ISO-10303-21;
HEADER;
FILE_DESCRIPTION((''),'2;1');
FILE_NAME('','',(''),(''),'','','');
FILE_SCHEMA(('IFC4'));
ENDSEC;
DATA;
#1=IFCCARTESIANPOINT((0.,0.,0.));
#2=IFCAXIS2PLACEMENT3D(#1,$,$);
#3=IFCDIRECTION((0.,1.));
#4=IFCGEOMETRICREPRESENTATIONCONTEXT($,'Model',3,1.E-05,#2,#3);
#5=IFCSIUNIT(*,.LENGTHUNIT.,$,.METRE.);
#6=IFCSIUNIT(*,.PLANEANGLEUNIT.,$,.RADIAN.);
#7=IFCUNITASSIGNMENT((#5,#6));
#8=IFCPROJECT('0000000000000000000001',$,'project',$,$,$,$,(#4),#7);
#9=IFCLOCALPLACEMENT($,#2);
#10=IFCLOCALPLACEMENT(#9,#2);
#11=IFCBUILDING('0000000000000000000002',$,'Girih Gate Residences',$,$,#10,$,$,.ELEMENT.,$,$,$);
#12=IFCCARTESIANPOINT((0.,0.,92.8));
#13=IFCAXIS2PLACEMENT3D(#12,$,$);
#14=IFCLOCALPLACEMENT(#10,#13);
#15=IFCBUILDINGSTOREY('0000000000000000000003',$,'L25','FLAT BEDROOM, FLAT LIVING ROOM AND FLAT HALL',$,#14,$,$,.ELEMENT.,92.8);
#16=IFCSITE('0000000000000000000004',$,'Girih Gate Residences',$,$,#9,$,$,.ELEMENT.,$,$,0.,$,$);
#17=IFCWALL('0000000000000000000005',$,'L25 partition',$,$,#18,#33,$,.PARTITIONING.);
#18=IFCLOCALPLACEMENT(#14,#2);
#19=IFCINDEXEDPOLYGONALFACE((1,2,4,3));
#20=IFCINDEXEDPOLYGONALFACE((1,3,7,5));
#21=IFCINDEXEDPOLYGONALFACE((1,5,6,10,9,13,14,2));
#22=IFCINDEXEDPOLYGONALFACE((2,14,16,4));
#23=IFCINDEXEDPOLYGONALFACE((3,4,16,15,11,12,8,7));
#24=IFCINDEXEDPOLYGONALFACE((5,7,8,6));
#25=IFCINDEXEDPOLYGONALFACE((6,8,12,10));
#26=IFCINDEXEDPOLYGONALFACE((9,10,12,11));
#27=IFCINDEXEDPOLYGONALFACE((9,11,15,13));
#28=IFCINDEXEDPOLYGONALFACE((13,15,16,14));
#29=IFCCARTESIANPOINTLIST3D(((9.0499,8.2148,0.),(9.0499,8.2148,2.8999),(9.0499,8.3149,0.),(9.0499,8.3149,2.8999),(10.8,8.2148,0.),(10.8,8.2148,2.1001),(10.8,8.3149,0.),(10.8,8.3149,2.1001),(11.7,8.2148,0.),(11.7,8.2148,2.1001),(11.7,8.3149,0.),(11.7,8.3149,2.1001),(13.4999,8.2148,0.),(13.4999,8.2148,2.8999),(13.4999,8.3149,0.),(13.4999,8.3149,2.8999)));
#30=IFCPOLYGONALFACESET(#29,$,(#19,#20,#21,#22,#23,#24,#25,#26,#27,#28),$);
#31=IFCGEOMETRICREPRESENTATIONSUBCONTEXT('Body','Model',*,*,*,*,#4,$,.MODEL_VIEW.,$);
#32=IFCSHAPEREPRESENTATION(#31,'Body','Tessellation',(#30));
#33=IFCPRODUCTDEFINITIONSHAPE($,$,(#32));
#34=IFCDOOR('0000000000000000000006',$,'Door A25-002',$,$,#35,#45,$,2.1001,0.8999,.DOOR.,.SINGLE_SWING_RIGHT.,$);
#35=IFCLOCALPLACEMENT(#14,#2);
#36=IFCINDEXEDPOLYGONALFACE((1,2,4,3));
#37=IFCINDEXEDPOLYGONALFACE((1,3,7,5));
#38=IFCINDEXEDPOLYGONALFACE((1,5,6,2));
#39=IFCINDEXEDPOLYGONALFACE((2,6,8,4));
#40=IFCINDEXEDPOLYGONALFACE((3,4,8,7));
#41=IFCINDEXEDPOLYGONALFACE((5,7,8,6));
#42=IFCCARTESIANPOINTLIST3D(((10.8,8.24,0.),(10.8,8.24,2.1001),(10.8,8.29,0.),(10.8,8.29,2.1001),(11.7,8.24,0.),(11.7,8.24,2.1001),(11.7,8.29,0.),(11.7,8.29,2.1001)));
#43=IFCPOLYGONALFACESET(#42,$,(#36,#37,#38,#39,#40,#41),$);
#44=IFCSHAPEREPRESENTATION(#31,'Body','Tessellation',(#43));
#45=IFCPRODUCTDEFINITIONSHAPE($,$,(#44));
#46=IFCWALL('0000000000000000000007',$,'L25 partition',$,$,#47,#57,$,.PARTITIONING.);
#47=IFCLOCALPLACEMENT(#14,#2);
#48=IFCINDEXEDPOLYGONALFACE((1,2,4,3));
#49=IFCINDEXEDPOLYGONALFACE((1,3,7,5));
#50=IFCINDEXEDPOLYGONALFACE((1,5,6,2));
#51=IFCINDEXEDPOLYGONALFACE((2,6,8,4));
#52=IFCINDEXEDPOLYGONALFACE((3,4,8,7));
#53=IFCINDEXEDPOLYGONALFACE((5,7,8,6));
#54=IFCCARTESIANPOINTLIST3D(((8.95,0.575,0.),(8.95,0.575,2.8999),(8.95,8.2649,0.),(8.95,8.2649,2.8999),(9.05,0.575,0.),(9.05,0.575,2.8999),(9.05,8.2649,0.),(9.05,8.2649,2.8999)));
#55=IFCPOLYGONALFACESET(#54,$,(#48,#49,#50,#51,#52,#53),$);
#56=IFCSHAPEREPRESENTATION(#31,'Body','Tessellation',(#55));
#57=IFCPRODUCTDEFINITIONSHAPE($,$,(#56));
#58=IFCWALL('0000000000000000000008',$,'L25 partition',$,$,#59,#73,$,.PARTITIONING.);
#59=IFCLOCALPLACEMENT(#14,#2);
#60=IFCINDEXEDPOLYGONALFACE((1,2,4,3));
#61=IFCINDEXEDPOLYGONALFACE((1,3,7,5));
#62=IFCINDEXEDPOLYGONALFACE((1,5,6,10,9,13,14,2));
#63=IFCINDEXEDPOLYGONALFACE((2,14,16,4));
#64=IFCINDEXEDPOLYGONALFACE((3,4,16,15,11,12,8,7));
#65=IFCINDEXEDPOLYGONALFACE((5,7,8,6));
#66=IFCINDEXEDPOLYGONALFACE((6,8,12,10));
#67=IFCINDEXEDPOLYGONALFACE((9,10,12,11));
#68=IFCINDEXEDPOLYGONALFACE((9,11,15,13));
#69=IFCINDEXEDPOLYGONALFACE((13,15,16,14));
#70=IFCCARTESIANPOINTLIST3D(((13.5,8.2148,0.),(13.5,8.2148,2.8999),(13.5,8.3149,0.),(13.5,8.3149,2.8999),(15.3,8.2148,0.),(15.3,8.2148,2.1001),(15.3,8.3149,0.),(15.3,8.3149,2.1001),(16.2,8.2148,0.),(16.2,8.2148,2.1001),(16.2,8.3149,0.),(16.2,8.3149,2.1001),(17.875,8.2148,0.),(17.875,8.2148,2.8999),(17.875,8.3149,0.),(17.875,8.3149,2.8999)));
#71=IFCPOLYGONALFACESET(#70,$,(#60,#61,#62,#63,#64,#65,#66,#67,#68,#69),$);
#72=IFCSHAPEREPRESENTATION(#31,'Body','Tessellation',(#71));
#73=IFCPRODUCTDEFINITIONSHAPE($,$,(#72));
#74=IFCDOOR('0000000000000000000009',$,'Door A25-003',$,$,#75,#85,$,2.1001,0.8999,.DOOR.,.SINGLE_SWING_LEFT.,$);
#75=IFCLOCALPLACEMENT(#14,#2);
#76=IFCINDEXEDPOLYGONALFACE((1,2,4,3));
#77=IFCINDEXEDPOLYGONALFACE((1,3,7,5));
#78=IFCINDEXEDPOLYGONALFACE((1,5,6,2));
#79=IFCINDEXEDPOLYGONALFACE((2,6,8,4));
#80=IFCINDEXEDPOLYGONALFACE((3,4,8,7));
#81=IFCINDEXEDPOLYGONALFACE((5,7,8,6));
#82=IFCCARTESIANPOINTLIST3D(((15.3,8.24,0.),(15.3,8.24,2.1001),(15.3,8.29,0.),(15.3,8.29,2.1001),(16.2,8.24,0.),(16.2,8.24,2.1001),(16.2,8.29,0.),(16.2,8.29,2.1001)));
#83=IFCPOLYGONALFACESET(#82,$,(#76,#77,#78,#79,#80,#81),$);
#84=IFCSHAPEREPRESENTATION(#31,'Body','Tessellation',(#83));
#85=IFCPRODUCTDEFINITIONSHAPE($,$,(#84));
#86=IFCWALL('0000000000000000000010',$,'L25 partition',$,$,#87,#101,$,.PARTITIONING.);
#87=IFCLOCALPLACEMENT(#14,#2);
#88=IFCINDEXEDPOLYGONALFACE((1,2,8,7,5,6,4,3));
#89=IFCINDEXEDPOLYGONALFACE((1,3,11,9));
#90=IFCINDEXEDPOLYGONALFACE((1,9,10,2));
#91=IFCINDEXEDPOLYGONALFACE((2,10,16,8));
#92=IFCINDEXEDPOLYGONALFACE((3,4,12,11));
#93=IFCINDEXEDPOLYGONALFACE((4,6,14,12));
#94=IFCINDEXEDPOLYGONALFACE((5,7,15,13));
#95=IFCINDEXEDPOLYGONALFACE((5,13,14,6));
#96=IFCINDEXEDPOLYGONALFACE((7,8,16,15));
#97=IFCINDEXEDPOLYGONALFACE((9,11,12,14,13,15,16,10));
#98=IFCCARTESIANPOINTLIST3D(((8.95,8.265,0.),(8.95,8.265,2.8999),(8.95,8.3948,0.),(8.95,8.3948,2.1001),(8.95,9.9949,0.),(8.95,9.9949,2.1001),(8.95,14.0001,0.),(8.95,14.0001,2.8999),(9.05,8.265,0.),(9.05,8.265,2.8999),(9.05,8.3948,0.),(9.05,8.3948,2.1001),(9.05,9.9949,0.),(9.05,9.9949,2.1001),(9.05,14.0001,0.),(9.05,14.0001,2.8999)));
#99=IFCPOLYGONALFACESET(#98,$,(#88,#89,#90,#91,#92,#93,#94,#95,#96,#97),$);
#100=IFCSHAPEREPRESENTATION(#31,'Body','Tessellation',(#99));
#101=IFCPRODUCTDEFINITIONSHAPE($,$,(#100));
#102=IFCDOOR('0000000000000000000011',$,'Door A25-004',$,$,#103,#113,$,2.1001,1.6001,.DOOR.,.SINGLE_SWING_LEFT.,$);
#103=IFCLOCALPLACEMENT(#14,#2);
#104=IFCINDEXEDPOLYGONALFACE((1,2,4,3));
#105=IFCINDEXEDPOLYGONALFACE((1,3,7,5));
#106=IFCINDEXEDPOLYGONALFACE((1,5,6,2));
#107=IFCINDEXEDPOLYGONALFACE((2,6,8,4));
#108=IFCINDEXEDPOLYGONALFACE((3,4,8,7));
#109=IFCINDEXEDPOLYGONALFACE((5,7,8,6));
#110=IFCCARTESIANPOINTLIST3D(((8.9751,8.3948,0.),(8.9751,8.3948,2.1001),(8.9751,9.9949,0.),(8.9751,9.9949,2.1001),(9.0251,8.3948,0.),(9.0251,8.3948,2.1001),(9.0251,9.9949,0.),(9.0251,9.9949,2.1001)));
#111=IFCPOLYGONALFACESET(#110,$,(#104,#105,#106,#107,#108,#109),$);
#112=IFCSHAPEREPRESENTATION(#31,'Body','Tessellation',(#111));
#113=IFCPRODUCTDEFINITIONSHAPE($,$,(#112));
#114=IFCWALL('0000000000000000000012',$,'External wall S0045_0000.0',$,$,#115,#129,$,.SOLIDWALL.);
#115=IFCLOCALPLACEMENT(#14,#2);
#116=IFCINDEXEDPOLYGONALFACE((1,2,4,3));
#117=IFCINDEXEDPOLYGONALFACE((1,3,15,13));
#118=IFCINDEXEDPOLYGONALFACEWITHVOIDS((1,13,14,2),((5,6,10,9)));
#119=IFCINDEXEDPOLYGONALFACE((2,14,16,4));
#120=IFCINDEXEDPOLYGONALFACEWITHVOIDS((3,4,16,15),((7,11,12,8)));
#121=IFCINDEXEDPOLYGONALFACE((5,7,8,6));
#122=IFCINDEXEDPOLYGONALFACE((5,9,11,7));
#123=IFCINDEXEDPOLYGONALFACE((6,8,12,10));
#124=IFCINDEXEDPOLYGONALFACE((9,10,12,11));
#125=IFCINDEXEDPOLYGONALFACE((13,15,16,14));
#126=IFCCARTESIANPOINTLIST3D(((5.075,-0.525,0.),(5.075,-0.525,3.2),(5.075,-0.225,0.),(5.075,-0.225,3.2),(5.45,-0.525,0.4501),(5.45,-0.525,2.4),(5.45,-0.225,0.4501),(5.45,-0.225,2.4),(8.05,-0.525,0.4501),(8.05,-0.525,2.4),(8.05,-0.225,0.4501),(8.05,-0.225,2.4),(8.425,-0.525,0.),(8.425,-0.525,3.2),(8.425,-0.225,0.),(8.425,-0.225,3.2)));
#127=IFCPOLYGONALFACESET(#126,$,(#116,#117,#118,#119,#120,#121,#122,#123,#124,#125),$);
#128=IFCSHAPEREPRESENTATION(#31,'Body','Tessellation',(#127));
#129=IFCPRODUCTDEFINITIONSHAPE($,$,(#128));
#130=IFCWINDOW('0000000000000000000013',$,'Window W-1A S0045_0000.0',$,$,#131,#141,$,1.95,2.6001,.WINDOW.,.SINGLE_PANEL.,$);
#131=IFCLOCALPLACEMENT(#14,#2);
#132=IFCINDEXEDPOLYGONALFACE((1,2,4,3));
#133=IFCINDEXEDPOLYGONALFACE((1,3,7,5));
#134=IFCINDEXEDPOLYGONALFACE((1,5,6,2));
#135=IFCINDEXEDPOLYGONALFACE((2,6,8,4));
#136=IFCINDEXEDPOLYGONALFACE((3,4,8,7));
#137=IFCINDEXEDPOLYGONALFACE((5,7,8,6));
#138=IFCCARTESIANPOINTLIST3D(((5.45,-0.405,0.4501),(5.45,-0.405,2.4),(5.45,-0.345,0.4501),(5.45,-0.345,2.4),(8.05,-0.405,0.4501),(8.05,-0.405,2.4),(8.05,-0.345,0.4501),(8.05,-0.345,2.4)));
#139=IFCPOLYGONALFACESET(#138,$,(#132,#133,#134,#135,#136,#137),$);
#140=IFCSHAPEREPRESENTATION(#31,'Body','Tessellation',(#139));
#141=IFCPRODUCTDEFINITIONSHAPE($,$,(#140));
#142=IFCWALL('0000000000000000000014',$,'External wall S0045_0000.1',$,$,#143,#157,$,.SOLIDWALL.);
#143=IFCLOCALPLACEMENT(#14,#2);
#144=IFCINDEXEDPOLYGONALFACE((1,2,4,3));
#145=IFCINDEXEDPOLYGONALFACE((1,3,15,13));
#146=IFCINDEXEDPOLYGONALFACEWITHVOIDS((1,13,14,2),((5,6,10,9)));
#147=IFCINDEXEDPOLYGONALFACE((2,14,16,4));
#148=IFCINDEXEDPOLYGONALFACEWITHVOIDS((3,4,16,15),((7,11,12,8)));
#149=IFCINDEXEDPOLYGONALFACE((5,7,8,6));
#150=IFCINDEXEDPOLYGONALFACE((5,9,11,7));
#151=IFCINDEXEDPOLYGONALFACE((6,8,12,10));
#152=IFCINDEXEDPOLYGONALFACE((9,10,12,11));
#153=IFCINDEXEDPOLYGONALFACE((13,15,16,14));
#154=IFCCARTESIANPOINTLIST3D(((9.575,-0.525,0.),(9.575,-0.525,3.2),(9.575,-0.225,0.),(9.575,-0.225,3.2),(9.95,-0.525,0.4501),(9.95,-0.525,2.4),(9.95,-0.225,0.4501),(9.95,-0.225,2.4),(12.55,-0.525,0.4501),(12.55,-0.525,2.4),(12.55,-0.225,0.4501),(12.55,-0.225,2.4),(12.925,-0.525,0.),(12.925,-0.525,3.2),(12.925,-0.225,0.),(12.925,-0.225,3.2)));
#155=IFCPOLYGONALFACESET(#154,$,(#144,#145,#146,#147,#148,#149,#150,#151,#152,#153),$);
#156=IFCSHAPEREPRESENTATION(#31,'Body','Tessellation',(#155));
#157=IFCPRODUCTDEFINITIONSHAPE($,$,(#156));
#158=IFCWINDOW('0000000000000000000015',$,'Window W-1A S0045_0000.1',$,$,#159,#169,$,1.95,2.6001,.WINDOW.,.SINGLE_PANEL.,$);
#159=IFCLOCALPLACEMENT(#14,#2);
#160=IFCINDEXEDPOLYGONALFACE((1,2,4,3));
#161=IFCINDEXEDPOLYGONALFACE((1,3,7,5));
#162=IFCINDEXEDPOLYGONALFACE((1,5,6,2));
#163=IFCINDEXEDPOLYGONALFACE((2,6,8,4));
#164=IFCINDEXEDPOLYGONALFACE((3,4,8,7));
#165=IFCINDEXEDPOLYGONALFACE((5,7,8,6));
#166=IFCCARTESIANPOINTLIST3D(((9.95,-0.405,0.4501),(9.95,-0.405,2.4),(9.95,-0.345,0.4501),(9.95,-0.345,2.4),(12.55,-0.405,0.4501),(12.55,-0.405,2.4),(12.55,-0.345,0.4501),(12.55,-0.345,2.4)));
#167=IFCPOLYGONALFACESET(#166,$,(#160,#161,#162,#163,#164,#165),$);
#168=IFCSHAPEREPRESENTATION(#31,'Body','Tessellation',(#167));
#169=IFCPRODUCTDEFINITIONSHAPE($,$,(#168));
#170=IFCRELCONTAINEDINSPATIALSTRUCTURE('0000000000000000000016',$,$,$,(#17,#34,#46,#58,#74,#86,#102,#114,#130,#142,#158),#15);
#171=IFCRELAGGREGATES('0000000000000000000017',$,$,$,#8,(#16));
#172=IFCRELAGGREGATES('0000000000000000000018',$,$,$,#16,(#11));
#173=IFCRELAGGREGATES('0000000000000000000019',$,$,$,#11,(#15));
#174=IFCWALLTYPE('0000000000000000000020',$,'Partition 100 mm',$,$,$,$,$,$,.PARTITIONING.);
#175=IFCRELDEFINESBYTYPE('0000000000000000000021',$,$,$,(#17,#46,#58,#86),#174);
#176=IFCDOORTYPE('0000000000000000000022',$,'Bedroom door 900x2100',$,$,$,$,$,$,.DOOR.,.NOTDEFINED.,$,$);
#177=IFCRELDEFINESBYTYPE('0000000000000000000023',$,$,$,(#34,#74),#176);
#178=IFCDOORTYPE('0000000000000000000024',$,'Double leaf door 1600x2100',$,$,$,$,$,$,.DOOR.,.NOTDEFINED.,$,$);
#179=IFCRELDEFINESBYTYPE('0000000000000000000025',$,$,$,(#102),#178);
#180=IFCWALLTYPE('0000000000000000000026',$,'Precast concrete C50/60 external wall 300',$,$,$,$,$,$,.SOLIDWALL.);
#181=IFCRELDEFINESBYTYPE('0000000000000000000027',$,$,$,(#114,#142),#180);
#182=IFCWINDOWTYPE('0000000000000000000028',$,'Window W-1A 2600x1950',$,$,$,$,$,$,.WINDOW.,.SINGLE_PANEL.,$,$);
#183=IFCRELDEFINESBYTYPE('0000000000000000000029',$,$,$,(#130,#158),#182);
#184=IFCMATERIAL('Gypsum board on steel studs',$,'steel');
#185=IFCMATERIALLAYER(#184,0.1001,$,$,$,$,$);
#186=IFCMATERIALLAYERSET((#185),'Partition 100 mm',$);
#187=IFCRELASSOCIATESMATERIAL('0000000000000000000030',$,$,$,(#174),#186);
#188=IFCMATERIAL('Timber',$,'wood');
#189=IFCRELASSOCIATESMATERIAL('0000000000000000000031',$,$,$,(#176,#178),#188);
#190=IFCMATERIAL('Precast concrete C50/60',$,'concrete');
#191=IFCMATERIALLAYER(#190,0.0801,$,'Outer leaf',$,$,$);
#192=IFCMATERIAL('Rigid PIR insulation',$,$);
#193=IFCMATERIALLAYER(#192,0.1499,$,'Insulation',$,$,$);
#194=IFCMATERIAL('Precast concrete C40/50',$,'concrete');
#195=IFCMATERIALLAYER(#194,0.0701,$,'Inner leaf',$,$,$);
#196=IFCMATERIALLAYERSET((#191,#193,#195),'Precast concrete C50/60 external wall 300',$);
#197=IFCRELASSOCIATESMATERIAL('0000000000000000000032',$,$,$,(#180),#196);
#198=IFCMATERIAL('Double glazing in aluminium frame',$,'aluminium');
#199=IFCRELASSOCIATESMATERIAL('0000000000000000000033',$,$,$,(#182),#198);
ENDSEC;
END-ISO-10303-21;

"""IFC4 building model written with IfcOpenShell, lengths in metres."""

from ifc_helpers import new_model, si_unit, direction, frame, frame_2d, origin, place, context, subcontext, project, spatial, rectangle, extrude, material, layer, layer_set, type_object, element, fill, save


model = new_model("IFC4")

# Units and contexts
model_context = context("Model", 3, precision=1e-05, world=origin(), true_north=direction((0.0, 1.0)))
body_context = subcontext(model_context, "Body", "Model", "MODEL_VIEW")
ifc_project = project(units=[si_unit("LENGTHUNIT", "METRE"), si_unit("PLANEANGLEUNIT", "RADIAN")], contexts=[model_context])

# Site, building, storey
site_placement = place(None, origin())
site = spatial("IfcSite", under=ifc_project, at=site_placement, Name="Girih Gate Residences", CompositionType="ELEMENT", RefElevation=0.0)
building_placement = place(site_placement, origin())
building = spatial("IfcBuilding", under=site, at=building_placement, Name="Girih Gate Residences", CompositionType="ELEMENT")
storey_placement = place(building_placement, frame((0.0, 0.0, 92.8)))
storey = spatial("IfcBuildingStorey", under=building, at=storey_placement, Name="L25", Description="FLAT BEDROOM, FLAT LIVING ROOM AND FLAT HALL", CompositionType="ELEMENT", Elevation=92.8)

# Shared definitions
ifc_material_1 = material(Name="Gypsum board on steel studs", Category="steel")
ifc_layer_1 = layer(ifc_material_1, 0.1001)
ifc_layer_set_1 = layer_set([ifc_layer_1], Name="Partition 100 mm")
wall_type_1 = type_object("IfcWallType", Name="Partition 100 mm", PredefinedType="PARTITIONING", material=ifc_layer_set_1)

# Wall, opening, door
wall_1_placement = place(storey_placement, frame((13.5, 8.2649, 0.0), z_axis=(0.0, 0.0, 1.0), x_axis=(-1.0, 0.0, 0.0)))
wall_1 = element("IfcWall", 1, at=wall_1_placement, inside=storey, type_object=wall_type_1, Name="L25 partition", PredefinedType="PARTITIONING", context=body_context, shape_type="SweptSolid", body=[
    extrude(rectangle(XDim=4.45, YDim=0.1001, at=frame_2d((2.2251, 0.0))), origin(), (0.0, 0.0, 1.0), 2.8999),
])
opening_1_placement = place(wall_1_placement, frame((1.8, 0.0, 0.0)))
opening_1 = element("IfcOpeningElement", 2, at=opening_1_placement, cuts=wall_1, PredefinedType="OPENING", context=body_context, shape_type="SweptSolid", body=[
    extrude(rectangle(XDim=0.8999, YDim=2.1001, at=frame_2d((0.45, 1.05))), frame((0.0, 0.0601, 0.0), z_axis=(0.0, -1.0, 0.0), x_axis=(1.0, 0.0, 0.0)), (0.0, 0.0, 1.0), 0.1201),
])
ifc_material_2 = material(Name="Timber", Category="wood")
door_type_1 = type_object("IfcDoorType", Name="Bedroom door 900x2100", OperationType="NOTDEFINED", PredefinedType="DOOR", material=ifc_material_2)
door_1_placement = place(opening_1_placement, origin())
door_1 = element("IfcDoor", 3, at=door_1_placement, inside=storey, type_object=door_type_1, Name="Door A25-002", OperationType="SINGLE_SWING_RIGHT", OverallHeight=2.1001, OverallWidth=0.8999, PredefinedType="DOOR", context=body_context, shape_type="SweptSolid", body=[
    extrude(rectangle(XDim=0.8999, YDim=2.1001, at=frame_2d((0.45, 1.05))), frame((0.0, 0.0249, 0.0), z_axis=(0.0, -1.0, 0.0), x_axis=(1.0, 0.0, 0.0)), (0.0, 0.0, 1.0), 0.05),
])
fill(opening_1, door_1)

# Wall
wall_2_placement = place(storey_placement, frame((9.0, 0.575, 0.0), z_axis=(0.0, 0.0, 1.0), x_axis=(0.0, 1.0, 0.0)))
element("IfcWall", 4, at=wall_2_placement, inside=storey, type_object=wall_type_1, Name="L25 partition", PredefinedType="PARTITIONING", context=body_context, shape_type="SweptSolid", body=[
    extrude(rectangle(XDim=7.6899, YDim=0.1001, at=frame_2d((3.845, 0.0))), origin(), (0.0, 0.0, 1.0), 2.8999),
])

# Walls, openings, doors
wall_3_placement = place(storey_placement, frame((17.875, 8.2649, 0.0), z_axis=(0.0, 0.0, 1.0), x_axis=(-1.0, 0.0, 0.0)))
wall_3 = element("IfcWall", 5, at=wall_3_placement, inside=storey, type_object=wall_type_1, Name="L25 partition", PredefinedType="PARTITIONING", context=body_context, shape_type="SweptSolid", body=[
    extrude(rectangle(XDim=4.375, YDim=0.1001, at=frame_2d((2.1875, 0.0))), origin(), (0.0, 0.0, 1.0), 2.8999),
])
opening_2_placement = place(wall_3_placement, frame((1.675, 0.0, 0.0)))
opening_2 = element("IfcOpeningElement", 6, at=opening_2_placement, cuts=wall_3, PredefinedType="OPENING", context=body_context, shape_type="SweptSolid", body=[
    extrude(rectangle(XDim=0.8999, YDim=2.1001, at=frame_2d((0.45, 1.05))), frame((0.0, 0.0601, 0.0), z_axis=(0.0, -1.0, 0.0), x_axis=(1.0, 0.0, 0.0)), (0.0, 0.0, 1.0), 0.1201),
])
door_2_placement = place(opening_2_placement, origin())
door_2 = element("IfcDoor", 7, at=door_2_placement, inside=storey, type_object=door_type_1, Name="Door A25-003", OperationType="SINGLE_SWING_LEFT", OverallHeight=2.1001, OverallWidth=0.8999, PredefinedType="DOOR", context=body_context, shape_type="SweptSolid", body=[
    extrude(rectangle(XDim=0.8999, YDim=2.1001, at=frame_2d((0.45, 1.05))), frame((0.0, 0.0249, 0.0), z_axis=(0.0, -1.0, 0.0), x_axis=(1.0, 0.0, 0.0)), (0.0, 0.0, 1.0), 0.05),
])
fill(opening_2, door_2)
wall_4_placement = place(storey_placement, frame((9.0, 8.2649, 0.0), z_axis=(0.0, 0.0, 1.0), x_axis=(0.0, 1.0, 0.0)))
wall_4 = element("IfcWall", 8, at=wall_4_placement, inside=storey, type_object=wall_type_1, Name="L25 partition", PredefinedType="PARTITIONING", context=body_context, shape_type="SweptSolid", body=[
    extrude(rectangle(XDim=5.7351, YDim=0.1001, at=frame_2d((2.8677, 0.0))), origin(), (0.0, 0.0, 1.0), 2.8999),
])
opening_3_placement = place(wall_4_placement, frame((0.1299, 0.0, 0.0)))
opening_3 = element("IfcOpeningElement", 9, at=opening_3_placement, cuts=wall_4, PredefinedType="OPENING", context=body_context, shape_type="SweptSolid", body=[
    extrude(rectangle(XDim=1.6001, YDim=2.1001, at=frame_2d((0.8, 1.05))), frame((0.0, 0.0601, 0.0), z_axis=(0.0, -1.0, 0.0), x_axis=(1.0, 0.0, 0.0)), (0.0, 0.0, 1.0), 0.1201),
])
door_type_2 = type_object("IfcDoorType", Name="Double leaf door 1600x2100", OperationType="NOTDEFINED", PredefinedType="DOOR", material=ifc_material_2)
door_3_placement = place(opening_3_placement, origin())
door_3 = element("IfcDoor", 10, at=door_3_placement, inside=storey, type_object=door_type_2, Name="Door A25-004", OperationType="SINGLE_SWING_LEFT", OverallHeight=2.1001, OverallWidth=1.6001, PredefinedType="DOOR", context=body_context, shape_type="SweptSolid", body=[
    extrude(rectangle(XDim=1.6001, YDim=2.1001, at=frame_2d((0.8, 1.05))), frame((0.0, 0.0249, 0.0), z_axis=(0.0, -1.0, 0.0), x_axis=(1.0, 0.0, 0.0)), (0.0, 0.0, 1.0), 0.05),
])
fill(opening_3, door_3)

# Walls, openings, windows
ifc_material_3 = material(Name="Precast concrete C50/60", Category="concrete")
ifc_layer_2 = layer(ifc_material_3, 0.0801, Name="Outer leaf")
ifc_material_4 = material(Name="Rigid PIR insulation")
ifc_layer_3 = layer(ifc_material_4, 0.1499, Name="Insulation")
ifc_material_5 = material(Name="Precast concrete C40/50", Category="concrete")
ifc_layer_4 = layer(ifc_material_5, 0.0701, Name="Inner leaf")
ifc_layer_set_2 = layer_set([ifc_layer_2, ifc_layer_3, ifc_layer_4], Name="Precast concrete C50/60 external wall 300")
wall_type_2 = type_object("IfcWallType", Name="Precast concrete C50/60 external wall 300", PredefinedType="SOLIDWALL", material=ifc_layer_set_2)
wall_5_placement = place(storey_placement, frame((8.425, -0.375, 0.0), z_axis=(0.0, 0.0, 1.0), x_axis=(-1.0, 0.0, 0.0)))
wall_5 = element("IfcWall", 11, at=wall_5_placement, inside=storey, type_object=wall_type_2, Name="External wall S0045_0000.0", PredefinedType="SOLIDWALL", context=body_context, shape_type="SweptSolid", body=[
    extrude(rectangle(XDim=3.3501, YDim=0.3, at=frame_2d((1.675, 0.0))), origin(), (0.0, 0.0, 1.0), 3.2),
])
opening_4_placement = place(wall_5_placement, frame((0.375, 0.0, 0.45)))
opening_4 = element("IfcOpeningElement", 12, at=opening_4_placement, cuts=wall_5, PredefinedType="OPENING", context=body_context, shape_type="SweptSolid", body=[
    extrude(rectangle(XDim=2.6001, YDim=1.95, at=frame_2d((1.3, 0.9751))), frame((0.0, 0.1599, 0.0), z_axis=(0.0, -1.0, 0.0), x_axis=(1.0, 0.0, 0.0)), (0.0, 0.0, 1.0), 0.3201),
])
ifc_material_6 = material(Name="Double glazing in aluminium frame", Category="aluminium")
window_type = type_object("IfcWindowType", Name="Window W-1A 2600x1950", PartitioningType="SINGLE_PANEL", PredefinedType="WINDOW", material=ifc_material_6)
window_1_placement = place(opening_4_placement, origin())
window_1 = element("IfcWindow", 13, at=window_1_placement, inside=storey, type_object=window_type, Name="Window W-1A S0045_0000.0", OverallHeight=1.95, OverallWidth=2.6001, PartitioningType="SINGLE_PANEL", PredefinedType="WINDOW", context=body_context, shape_type="SweptSolid", body=[
    extrude(rectangle(XDim=2.6001, YDim=1.95, at=frame_2d((1.3, 0.9751))), frame((0.0, 0.03, 0.0), z_axis=(0.0, -1.0, 0.0), x_axis=(1.0, 0.0, 0.0)), (0.0, 0.0, 1.0), 0.0601),
])
fill(opening_4, window_1)
wall_6_placement = place(storey_placement, frame((12.925, -0.375, 0.0), z_axis=(0.0, 0.0, 1.0), x_axis=(-1.0, 0.0, 0.0)))
wall_6 = element("IfcWall", 14, at=wall_6_placement, inside=storey, type_object=wall_type_2, Name="External wall S0045_0000.1", PredefinedType="SOLIDWALL", context=body_context, shape_type="SweptSolid", body=[
    extrude(rectangle(XDim=3.3501, YDim=0.3, at=frame_2d((1.675, 0.0))), origin(), (0.0, 0.0, 1.0), 3.2),
])
opening_5_placement = place(wall_6_placement, frame((0.375, 0.0, 0.45)))
opening_5 = element("IfcOpeningElement", 15, at=opening_5_placement, cuts=wall_6, PredefinedType="OPENING", context=body_context, shape_type="SweptSolid", body=[
    extrude(rectangle(XDim=2.6001, YDim=1.95, at=frame_2d((1.3, 0.9751))), frame((0.0, 0.1599, 0.0), z_axis=(0.0, -1.0, 0.0), x_axis=(1.0, 0.0, 0.0)), (0.0, 0.0, 1.0), 0.3201),
])
window_2_placement = place(opening_5_placement, origin())
window_2 = element("IfcWindow", 16, at=window_2_placement, inside=storey, type_object=window_type, Name="Window W-1A S0045_0000.1", OverallHeight=1.95, OverallWidth=2.6001, PartitioningType="SINGLE_PANEL", PredefinedType="WINDOW", context=body_context, shape_type="SweptSolid", body=[
    extrude(rectangle(XDim=2.6001, YDim=1.95, at=frame_2d((1.3, 0.9751))), frame((0.0, 0.03, 0.0), z_axis=(0.0, -1.0, 0.0), x_axis=(1.0, 0.0, 0.0)), (0.0, 0.0, 1.0), 0.0601),
])
fill(opening_5, window_2)

save(model, "model.ifc")
